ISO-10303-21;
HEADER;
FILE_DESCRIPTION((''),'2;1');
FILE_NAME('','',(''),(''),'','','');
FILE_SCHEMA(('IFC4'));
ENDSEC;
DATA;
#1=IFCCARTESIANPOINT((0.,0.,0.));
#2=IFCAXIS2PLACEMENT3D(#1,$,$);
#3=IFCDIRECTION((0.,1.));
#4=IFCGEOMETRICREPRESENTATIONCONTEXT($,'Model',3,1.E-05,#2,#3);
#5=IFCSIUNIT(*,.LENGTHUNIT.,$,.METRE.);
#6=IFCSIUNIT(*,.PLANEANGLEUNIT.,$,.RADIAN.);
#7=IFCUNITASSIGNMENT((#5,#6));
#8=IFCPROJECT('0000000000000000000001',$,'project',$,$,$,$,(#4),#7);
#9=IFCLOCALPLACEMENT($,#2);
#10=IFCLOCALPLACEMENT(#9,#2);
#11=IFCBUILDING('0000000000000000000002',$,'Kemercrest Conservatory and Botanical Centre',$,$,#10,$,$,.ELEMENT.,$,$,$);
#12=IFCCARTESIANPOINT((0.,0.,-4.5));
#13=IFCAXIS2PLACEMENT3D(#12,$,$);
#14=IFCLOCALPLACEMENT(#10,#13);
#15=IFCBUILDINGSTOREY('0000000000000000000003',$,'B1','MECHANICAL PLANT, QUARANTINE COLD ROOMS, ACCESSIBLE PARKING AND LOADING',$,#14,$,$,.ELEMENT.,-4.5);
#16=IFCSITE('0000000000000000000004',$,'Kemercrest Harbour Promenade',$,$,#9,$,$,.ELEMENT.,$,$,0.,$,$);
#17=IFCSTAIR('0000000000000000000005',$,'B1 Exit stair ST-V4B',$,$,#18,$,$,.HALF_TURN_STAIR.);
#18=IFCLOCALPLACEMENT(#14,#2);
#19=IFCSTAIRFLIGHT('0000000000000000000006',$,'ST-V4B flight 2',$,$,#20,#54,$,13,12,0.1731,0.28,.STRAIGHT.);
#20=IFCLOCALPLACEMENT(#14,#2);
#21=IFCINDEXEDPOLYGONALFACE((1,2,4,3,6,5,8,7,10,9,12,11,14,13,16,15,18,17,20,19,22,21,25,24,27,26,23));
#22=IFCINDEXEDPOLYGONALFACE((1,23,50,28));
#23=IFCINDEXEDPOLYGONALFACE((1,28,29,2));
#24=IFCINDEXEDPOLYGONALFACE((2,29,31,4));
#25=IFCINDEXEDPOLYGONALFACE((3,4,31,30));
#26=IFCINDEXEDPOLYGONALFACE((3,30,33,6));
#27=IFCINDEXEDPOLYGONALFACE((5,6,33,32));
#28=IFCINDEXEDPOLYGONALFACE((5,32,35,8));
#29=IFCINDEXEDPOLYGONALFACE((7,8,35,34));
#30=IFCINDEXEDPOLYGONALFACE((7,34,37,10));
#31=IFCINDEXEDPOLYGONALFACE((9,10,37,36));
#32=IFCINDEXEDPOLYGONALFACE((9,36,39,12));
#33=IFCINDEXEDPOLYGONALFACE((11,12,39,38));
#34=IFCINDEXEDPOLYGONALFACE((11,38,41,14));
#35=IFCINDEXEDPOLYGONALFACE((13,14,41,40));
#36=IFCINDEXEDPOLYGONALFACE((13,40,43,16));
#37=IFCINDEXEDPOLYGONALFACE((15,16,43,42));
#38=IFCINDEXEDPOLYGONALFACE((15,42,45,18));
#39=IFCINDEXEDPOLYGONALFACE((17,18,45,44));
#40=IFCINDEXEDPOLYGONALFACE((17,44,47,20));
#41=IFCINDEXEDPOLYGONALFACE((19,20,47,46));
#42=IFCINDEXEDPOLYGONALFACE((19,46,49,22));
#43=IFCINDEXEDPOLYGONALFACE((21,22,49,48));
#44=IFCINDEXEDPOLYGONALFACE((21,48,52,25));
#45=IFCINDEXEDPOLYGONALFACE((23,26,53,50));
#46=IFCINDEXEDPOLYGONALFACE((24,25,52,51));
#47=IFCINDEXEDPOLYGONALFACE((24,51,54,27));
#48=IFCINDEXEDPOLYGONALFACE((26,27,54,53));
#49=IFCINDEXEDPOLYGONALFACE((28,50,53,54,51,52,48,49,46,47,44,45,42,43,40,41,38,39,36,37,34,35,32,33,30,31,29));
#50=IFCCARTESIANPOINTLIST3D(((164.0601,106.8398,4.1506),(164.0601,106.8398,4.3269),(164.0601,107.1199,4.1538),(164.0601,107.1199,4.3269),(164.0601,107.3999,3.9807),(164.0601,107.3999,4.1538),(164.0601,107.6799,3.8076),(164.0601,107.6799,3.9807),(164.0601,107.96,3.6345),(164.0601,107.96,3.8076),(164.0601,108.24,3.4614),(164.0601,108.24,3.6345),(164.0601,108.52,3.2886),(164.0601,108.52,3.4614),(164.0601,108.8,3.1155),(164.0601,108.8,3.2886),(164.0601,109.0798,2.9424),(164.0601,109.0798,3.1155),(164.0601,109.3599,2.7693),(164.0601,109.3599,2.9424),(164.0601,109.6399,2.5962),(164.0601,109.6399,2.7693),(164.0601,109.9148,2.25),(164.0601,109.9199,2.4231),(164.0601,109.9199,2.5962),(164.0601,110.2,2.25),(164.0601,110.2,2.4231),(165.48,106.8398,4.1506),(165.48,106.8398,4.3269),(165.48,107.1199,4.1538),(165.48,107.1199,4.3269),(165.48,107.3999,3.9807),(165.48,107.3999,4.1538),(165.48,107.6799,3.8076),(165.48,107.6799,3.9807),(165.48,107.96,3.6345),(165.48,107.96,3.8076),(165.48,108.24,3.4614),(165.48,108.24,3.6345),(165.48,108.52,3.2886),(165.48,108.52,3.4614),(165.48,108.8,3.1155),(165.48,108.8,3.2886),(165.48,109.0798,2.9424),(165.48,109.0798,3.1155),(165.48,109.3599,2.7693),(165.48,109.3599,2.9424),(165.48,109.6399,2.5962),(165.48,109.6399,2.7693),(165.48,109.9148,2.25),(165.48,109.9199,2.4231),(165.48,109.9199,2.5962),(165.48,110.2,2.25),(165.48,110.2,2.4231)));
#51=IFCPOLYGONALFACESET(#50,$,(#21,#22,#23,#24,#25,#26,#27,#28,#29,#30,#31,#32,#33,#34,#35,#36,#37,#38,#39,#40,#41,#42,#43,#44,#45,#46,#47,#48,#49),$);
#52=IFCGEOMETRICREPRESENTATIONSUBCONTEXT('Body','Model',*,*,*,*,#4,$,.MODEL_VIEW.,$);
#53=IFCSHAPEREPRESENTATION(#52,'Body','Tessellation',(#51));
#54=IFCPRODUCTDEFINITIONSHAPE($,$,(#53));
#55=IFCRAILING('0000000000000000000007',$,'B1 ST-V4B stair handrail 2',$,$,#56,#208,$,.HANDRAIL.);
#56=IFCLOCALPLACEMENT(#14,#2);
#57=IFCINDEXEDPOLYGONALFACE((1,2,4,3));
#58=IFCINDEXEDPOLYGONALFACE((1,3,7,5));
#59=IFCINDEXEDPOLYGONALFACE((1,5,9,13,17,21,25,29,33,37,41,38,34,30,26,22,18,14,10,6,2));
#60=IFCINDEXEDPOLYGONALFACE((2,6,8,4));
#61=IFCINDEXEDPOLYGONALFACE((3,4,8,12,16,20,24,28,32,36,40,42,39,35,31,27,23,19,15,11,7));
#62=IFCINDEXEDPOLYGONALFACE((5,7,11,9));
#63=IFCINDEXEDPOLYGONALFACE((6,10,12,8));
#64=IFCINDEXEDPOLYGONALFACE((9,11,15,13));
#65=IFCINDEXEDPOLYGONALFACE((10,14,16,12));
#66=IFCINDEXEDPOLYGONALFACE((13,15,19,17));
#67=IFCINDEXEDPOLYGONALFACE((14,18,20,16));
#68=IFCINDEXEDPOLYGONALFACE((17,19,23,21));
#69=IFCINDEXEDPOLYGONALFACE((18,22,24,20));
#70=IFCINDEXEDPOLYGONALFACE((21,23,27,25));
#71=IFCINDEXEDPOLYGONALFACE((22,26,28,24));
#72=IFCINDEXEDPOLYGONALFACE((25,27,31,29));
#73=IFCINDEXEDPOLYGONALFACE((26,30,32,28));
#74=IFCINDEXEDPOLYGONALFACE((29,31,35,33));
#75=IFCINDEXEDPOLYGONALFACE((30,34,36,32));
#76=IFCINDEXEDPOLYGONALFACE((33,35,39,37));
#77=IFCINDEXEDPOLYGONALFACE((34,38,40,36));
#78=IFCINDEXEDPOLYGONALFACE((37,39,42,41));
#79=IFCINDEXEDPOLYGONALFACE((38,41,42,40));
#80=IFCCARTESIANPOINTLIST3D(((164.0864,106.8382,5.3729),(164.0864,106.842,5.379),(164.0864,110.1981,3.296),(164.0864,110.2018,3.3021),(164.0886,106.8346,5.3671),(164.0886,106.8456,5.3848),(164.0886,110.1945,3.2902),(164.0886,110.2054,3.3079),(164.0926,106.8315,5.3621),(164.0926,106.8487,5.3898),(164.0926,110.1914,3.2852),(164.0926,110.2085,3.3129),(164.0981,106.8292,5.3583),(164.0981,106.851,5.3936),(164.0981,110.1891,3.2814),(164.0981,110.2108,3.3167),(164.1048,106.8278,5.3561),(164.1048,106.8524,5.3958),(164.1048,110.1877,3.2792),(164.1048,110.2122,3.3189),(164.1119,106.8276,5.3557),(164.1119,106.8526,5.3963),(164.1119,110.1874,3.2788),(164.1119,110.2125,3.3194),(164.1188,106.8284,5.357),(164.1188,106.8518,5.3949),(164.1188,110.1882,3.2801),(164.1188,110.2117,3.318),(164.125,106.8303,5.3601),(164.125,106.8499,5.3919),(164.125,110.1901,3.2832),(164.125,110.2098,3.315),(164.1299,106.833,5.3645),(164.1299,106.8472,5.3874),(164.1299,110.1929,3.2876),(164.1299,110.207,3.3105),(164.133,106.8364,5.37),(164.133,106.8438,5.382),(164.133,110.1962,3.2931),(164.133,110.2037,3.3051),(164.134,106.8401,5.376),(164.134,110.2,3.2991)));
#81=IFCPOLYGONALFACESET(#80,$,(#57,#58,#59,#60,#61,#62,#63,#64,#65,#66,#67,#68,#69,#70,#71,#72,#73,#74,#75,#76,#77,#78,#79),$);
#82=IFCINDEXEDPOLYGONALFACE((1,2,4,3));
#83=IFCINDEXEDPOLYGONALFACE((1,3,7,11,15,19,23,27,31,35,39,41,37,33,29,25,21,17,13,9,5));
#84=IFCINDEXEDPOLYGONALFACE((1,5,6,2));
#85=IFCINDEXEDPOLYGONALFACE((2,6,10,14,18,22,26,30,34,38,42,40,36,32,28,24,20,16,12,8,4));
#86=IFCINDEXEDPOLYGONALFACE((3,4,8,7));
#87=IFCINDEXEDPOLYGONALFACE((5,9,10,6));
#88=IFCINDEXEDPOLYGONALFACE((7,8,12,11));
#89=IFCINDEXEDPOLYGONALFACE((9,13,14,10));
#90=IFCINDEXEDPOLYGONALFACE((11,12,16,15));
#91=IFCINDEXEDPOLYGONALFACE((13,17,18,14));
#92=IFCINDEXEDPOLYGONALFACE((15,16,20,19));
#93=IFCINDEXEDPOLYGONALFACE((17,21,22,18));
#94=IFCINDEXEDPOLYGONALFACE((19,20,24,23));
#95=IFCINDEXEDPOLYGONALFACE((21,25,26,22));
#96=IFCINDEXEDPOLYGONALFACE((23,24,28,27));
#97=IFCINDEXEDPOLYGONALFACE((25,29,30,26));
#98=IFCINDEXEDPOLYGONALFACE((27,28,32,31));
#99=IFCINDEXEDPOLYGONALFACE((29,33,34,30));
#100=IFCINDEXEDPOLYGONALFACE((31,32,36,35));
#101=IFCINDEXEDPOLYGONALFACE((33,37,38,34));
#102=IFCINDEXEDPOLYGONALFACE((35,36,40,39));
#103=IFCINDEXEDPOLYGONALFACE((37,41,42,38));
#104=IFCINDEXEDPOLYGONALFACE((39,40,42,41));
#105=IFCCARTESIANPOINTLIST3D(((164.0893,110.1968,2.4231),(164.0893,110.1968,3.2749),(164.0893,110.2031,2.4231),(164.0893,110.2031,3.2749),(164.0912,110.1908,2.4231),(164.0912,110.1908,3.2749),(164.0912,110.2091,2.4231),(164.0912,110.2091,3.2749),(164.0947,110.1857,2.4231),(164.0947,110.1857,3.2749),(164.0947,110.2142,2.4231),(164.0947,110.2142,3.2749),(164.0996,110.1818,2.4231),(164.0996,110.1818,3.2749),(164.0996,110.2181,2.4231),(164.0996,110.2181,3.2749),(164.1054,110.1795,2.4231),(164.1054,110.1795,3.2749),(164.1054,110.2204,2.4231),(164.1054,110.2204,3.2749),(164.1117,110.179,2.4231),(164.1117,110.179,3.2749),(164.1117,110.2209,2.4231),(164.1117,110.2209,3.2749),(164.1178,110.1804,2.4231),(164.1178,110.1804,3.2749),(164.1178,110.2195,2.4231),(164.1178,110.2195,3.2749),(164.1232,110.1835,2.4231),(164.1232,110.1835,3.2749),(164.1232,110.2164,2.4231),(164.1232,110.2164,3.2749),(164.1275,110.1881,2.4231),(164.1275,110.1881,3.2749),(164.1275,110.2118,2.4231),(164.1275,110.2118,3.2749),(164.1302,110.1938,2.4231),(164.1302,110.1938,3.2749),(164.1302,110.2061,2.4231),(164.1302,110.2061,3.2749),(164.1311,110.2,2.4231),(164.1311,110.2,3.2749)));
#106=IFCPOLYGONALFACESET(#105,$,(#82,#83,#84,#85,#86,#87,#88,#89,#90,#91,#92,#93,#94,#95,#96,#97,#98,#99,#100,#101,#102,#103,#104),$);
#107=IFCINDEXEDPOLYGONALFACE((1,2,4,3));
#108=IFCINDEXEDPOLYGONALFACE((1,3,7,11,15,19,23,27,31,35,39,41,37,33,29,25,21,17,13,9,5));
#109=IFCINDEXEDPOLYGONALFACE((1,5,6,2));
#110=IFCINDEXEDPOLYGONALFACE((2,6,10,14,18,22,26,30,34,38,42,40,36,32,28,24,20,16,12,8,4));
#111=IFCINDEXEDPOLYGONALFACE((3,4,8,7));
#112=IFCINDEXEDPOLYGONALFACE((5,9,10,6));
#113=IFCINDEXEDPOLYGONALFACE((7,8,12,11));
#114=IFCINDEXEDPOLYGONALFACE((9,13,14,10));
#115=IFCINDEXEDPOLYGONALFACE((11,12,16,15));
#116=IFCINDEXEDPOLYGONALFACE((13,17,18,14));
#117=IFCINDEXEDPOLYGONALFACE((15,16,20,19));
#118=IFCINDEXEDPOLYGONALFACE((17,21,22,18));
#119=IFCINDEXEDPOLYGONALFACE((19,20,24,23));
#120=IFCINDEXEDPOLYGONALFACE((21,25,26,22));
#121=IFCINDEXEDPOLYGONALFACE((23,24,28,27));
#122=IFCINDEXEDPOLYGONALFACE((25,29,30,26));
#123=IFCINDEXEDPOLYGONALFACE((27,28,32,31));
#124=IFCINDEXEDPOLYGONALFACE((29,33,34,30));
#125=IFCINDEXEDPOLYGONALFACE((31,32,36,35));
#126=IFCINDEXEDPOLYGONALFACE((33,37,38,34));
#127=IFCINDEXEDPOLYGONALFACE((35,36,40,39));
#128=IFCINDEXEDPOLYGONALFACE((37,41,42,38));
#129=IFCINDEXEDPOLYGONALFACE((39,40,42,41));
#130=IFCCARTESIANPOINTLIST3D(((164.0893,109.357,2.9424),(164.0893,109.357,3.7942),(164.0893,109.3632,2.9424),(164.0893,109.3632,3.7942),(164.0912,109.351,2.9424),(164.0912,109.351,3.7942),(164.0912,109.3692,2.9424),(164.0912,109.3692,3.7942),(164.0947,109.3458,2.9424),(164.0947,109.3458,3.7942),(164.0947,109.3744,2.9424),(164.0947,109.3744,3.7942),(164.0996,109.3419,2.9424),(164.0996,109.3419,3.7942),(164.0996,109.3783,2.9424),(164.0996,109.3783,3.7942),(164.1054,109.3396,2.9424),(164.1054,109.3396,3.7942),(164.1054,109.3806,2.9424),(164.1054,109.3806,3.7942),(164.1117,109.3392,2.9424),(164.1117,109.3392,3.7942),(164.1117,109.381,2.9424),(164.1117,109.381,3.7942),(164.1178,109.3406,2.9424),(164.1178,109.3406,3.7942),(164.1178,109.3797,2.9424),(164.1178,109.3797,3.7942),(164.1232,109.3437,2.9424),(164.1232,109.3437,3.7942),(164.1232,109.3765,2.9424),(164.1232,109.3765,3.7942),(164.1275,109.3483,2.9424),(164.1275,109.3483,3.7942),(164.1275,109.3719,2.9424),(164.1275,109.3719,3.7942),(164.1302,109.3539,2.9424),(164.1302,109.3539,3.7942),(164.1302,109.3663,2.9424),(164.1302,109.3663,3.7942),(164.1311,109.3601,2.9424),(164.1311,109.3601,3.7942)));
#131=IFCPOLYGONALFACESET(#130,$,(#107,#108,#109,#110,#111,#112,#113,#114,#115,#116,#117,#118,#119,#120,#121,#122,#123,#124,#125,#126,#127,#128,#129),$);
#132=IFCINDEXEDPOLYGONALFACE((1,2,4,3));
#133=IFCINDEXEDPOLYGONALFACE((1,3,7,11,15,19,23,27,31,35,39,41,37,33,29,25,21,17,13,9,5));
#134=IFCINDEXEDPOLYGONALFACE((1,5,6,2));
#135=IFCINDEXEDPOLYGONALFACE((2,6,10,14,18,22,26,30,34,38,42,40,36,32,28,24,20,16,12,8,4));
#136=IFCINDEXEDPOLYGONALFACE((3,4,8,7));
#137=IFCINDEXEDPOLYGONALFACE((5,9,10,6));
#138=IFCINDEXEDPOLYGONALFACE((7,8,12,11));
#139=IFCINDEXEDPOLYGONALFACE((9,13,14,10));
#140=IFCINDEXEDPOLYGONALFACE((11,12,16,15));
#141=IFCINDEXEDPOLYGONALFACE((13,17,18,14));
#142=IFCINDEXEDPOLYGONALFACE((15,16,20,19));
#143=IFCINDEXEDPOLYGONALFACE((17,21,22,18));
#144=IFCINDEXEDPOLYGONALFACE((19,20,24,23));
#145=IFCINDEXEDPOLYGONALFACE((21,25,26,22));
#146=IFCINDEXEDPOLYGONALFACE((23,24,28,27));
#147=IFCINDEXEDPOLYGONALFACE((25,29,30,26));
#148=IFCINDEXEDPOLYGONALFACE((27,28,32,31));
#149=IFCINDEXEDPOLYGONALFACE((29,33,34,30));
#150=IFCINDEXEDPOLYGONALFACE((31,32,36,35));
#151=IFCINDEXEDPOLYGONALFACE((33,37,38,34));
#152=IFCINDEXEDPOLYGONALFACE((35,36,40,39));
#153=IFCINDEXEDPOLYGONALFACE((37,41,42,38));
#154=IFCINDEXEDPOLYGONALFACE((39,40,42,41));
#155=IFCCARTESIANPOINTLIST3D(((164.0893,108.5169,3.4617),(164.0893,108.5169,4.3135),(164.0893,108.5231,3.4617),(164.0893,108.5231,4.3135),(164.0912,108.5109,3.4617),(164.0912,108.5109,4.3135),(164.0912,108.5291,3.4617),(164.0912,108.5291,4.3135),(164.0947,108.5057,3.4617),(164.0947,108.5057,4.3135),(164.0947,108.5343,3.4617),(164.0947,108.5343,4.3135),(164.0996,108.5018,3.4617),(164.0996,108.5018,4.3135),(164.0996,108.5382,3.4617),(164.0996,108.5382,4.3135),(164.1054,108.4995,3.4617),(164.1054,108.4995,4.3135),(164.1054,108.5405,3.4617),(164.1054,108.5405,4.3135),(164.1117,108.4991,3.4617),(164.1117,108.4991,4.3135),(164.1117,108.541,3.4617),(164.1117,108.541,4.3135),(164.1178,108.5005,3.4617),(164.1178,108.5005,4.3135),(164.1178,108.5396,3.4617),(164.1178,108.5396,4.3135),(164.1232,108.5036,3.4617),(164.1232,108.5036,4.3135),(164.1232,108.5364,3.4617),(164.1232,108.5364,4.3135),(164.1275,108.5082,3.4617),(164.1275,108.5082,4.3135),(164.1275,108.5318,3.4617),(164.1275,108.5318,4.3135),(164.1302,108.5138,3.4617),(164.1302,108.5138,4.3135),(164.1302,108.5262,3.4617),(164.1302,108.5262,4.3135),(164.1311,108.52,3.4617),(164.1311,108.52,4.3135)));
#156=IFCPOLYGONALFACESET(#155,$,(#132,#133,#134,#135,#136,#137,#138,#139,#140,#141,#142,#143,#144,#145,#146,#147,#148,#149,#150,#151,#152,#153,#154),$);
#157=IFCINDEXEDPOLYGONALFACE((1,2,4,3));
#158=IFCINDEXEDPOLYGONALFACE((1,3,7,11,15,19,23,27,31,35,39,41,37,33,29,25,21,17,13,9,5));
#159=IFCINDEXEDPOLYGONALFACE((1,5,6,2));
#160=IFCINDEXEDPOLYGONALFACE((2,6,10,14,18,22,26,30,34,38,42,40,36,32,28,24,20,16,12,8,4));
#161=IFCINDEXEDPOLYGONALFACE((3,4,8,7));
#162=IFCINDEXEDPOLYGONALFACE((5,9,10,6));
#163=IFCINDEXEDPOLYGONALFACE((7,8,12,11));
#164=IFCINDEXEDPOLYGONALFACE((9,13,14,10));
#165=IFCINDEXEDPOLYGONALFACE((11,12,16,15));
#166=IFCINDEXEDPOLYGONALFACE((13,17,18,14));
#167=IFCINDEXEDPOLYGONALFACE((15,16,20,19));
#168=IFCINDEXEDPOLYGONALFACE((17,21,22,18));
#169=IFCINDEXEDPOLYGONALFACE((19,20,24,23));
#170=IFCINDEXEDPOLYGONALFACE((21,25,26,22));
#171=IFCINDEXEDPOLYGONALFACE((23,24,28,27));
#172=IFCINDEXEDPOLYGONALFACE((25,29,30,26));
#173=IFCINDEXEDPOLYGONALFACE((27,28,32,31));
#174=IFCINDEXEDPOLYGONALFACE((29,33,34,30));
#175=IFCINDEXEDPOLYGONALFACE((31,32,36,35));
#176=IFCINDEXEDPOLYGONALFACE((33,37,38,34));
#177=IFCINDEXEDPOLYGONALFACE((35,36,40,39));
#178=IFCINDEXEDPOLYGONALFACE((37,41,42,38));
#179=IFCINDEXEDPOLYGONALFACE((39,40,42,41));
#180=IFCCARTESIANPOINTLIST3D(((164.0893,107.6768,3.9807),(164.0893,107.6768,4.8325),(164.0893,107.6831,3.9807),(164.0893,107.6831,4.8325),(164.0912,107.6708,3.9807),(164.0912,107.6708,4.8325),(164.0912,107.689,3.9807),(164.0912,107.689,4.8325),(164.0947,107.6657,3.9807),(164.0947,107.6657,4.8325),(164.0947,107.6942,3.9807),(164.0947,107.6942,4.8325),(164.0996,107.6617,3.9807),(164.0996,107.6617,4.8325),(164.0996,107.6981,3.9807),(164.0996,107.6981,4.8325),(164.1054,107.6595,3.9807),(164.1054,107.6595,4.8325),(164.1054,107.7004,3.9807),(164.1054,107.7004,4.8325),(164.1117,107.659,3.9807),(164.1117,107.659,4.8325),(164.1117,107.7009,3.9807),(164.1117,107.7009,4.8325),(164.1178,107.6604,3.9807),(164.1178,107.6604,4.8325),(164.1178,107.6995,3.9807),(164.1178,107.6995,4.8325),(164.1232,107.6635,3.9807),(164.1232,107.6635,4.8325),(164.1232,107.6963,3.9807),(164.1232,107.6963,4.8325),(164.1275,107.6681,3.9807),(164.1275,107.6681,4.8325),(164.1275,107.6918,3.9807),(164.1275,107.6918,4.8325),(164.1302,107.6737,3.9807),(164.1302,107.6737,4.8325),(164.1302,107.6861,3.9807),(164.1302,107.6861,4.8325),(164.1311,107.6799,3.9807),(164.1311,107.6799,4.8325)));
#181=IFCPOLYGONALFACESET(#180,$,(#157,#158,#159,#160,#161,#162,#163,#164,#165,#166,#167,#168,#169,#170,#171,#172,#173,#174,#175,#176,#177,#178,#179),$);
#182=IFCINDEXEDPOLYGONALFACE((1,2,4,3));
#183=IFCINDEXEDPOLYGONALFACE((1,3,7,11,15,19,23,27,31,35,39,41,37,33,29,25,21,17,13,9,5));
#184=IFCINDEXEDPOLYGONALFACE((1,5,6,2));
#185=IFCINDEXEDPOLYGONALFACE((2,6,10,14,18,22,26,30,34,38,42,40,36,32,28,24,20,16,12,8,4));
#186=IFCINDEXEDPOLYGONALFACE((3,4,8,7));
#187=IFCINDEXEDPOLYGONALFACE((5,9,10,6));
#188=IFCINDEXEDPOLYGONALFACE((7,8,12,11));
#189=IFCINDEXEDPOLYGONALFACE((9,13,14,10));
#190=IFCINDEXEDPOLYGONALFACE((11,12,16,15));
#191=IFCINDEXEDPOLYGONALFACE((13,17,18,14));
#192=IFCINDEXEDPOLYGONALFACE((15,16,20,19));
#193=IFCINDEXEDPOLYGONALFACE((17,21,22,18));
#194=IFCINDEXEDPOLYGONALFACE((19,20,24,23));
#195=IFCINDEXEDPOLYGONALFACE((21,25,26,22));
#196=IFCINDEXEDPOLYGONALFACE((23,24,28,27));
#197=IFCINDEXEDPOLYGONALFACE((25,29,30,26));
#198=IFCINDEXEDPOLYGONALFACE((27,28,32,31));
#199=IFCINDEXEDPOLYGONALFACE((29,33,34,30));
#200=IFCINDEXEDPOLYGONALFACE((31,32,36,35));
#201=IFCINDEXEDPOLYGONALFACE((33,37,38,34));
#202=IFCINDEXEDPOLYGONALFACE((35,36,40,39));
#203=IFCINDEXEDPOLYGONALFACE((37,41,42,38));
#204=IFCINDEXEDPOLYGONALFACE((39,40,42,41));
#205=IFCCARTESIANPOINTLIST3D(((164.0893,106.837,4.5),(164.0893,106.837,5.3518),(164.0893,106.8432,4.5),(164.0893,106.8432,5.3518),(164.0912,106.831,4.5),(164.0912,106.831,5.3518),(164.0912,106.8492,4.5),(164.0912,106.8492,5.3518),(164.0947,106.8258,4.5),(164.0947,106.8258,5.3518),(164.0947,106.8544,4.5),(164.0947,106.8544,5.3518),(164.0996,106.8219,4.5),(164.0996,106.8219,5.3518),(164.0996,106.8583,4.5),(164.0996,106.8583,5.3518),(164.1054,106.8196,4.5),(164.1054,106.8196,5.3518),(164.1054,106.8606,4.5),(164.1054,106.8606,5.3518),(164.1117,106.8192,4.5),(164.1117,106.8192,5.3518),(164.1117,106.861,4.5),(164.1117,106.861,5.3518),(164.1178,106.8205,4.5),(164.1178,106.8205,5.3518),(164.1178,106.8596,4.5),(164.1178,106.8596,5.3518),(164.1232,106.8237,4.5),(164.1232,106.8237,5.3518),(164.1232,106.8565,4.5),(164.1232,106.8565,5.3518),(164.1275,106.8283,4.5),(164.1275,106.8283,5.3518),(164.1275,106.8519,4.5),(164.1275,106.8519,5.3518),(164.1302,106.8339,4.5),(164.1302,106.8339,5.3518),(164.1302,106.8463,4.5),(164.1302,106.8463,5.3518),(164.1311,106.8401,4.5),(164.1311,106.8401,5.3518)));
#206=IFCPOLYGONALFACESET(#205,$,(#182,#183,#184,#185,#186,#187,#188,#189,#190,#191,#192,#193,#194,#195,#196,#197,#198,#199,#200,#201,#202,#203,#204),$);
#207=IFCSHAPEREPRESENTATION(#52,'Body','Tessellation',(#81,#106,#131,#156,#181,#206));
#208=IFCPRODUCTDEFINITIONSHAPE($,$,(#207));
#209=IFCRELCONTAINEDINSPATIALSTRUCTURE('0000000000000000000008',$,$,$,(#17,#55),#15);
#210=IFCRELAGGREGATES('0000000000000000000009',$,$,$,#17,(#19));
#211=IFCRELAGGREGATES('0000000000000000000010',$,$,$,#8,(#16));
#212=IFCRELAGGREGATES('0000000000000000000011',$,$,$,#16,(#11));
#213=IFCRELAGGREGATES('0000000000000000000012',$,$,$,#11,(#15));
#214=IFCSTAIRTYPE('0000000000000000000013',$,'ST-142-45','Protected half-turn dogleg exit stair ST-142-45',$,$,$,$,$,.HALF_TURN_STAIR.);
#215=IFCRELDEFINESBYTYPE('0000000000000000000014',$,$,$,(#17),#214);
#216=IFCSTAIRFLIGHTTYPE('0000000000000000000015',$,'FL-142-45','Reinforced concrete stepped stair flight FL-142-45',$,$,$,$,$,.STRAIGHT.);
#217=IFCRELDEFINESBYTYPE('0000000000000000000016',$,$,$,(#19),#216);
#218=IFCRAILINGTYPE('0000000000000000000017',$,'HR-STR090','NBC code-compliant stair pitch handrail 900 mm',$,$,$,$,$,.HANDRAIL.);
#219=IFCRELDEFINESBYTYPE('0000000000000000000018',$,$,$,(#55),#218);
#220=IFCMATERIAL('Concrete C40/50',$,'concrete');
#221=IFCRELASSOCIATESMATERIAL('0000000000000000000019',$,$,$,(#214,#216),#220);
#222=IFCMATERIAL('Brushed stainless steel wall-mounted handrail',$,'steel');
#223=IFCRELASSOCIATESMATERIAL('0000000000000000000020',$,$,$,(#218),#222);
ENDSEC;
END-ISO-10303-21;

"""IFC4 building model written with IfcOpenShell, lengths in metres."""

from ifc_helpers import new_model, si_unit, direction, frame, origin, origin_2d, place, context, subcontext, project, spatial, polyline, circle, outline, extrude, material, type_object, element, aggregate, save


model = new_model("IFC4")

# Units and contexts
model_context = context("Model", 3, precision=1e-05, world=origin(), true_north=direction((0.0, 1.0)))
body_context = subcontext(model_context, "Body", "Model", "MODEL_VIEW")
ifc_project = project(units=[si_unit("LENGTHUNIT", "METRE"), si_unit("PLANEANGLEUNIT", "RADIAN")], contexts=[model_context])

# Site, building, storey
site_placement = place(None, origin())
site = spatial("IfcSite", under=ifc_project, at=site_placement, Name="Kemercrest Harbour Promenade", CompositionType="ELEMENT", RefElevation=0.0)
building_placement = place(site_placement, origin())
building = spatial("IfcBuilding", under=site, at=building_placement, Name="Kemercrest Conservatory and Botanical Centre", CompositionType="ELEMENT")
storey_placement = place(building_placement, frame((0.0, 0.0, -4.5)))
storey = spatial("IfcBuildingStorey", under=building, at=storey_placement, Name="B1", Description="MECHANICAL PLANT, QUARANTINE COLD ROOMS, ACCESSIBLE PARKING AND LOADING", CompositionType="ELEMENT", Elevation=-4.5)

# Shared definitions
ifc_material_1 = material(Name="Concrete C40/50", Category="concrete")

# Stair, stair flight
stair_type = type_object("IfcStairType", Name="ST-142-45", Description="Protected half-turn dogleg exit stair ST-142-45", PredefinedType="HALF_TURN_STAIR", material=ifc_material_1)
stair_placement = place(storey_placement, origin())
stair = element("IfcStair", 1, at=stair_placement, inside=storey, type_object=stair_type, Name="B1 Exit stair ST-V4B", PredefinedType="HALF_TURN_STAIR")
stair_flight_type = type_object("IfcStairFlightType", Name="FL-142-45", Description="Reinforced concrete stepped stair flight FL-142-45", PredefinedType="STRAIGHT", material=ifc_material_1)
stair_flight_placement = place(storey_placement, frame((164.77, 110.2, 2.25), z_axis=(0.0, 0.0, 1.0), x_axis=(0.0, -1.0, 0.0)))
stair_flight = element("IfcStairFlight", 2, at=stair_flight_placement, type_object=stair_flight_type, Name="ST-V4B flight 2", NumberOfRisers=13, NumberOfTreads=12, PredefinedType="STRAIGHT", RiserHeight=0.1731, TreadLength=0.28, context=body_context, shape_type="SweptSolid", body=[
    extrude(outline(polyline([(0.0, 0.0), (0.0, 0.1731), (0.28, 0.1731), (0.28, 0.3462), (0.5601, 0.3462), (0.5601, 0.5193), (0.8401, 0.5193), (0.8401, 0.6924), (1.1201, 0.6924), (1.1201, 0.8655), (1.3999, 0.8655), (1.3999, 1.0386), (1.6799, 1.0386), (1.6799, 1.2114), (1.96, 1.2114), (1.96, 1.3845), (2.24, 1.3845), (2.24, 1.5576), (2.52, 1.5576), (2.52, 1.7307), (2.8, 1.7307), (2.8, 1.9038), (3.0801, 1.9038), (3.0801, 2.0769), (3.3601, 2.0769), (3.3601, 2.25), (3.3601, 1.9006), (0.2852, 0.0), (0.0, 0.0)])), frame((0.0, 0.71, 0.0), z_axis=(0.0, -1.0, 0.0), x_axis=(1.0, 0.0, 0.0)), (0.0, 0.0, 1.0), 1.4199),
])
aggregate(stair, [stair_flight])

# Railing
ifc_material_2 = material(Name="Brushed stainless steel wall-mounted handrail", Category="steel")
railing_type = type_object("IfcRailingType", Name="HR-STR090", Description="NBC code-compliant stair pitch handrail 900 mm", PredefinedType="HANDRAIL", material=ifc_material_2)
railing_placement = place(storey_placement, frame((164.1101, 110.2, 2.4231)))
element("IfcRailing", 3, at=railing_placement, inside=storey, type_object=railing_type, Name="B1 ST-V4B stair handrail 2", PredefinedType="HANDRAIL", context=body_context, shape_type="SweptSolid", body=[
    extrude(circle(Radius=0.0239, at=origin_2d()), frame((0.0, 0.0, 0.876), z_axis=(0.0, -0.850606, 0.525803), x_axis=(1.0, 0.0, 0.0)), (0.0, 0.0, 1.0), 3.95),
    extrude(circle(Radius=0.021, at=origin_2d()), origin(), (0.0, 0.0, 1.0), 0.8518),
    extrude(circle(Radius=0.021, at=origin_2d()), frame((0.0, -0.8398, 0.5193)), (0.0, 0.0, 1.0), 0.8518),
    extrude(circle(Radius=0.021, at=origin_2d()), frame((0.0, -1.6799, 1.0386)), (0.0, 0.0, 1.0), 0.8518),
    extrude(circle(Radius=0.021, at=origin_2d()), frame((0.0, -2.52, 1.5576)), (0.0, 0.0, 1.0), 0.8518),
    extrude(circle(Radius=0.021, at=origin_2d()), frame((0.0, -3.3599, 2.0769)), (0.0, 0.0, 1.0), 0.8518),
])

save(model, "model.ifc")
